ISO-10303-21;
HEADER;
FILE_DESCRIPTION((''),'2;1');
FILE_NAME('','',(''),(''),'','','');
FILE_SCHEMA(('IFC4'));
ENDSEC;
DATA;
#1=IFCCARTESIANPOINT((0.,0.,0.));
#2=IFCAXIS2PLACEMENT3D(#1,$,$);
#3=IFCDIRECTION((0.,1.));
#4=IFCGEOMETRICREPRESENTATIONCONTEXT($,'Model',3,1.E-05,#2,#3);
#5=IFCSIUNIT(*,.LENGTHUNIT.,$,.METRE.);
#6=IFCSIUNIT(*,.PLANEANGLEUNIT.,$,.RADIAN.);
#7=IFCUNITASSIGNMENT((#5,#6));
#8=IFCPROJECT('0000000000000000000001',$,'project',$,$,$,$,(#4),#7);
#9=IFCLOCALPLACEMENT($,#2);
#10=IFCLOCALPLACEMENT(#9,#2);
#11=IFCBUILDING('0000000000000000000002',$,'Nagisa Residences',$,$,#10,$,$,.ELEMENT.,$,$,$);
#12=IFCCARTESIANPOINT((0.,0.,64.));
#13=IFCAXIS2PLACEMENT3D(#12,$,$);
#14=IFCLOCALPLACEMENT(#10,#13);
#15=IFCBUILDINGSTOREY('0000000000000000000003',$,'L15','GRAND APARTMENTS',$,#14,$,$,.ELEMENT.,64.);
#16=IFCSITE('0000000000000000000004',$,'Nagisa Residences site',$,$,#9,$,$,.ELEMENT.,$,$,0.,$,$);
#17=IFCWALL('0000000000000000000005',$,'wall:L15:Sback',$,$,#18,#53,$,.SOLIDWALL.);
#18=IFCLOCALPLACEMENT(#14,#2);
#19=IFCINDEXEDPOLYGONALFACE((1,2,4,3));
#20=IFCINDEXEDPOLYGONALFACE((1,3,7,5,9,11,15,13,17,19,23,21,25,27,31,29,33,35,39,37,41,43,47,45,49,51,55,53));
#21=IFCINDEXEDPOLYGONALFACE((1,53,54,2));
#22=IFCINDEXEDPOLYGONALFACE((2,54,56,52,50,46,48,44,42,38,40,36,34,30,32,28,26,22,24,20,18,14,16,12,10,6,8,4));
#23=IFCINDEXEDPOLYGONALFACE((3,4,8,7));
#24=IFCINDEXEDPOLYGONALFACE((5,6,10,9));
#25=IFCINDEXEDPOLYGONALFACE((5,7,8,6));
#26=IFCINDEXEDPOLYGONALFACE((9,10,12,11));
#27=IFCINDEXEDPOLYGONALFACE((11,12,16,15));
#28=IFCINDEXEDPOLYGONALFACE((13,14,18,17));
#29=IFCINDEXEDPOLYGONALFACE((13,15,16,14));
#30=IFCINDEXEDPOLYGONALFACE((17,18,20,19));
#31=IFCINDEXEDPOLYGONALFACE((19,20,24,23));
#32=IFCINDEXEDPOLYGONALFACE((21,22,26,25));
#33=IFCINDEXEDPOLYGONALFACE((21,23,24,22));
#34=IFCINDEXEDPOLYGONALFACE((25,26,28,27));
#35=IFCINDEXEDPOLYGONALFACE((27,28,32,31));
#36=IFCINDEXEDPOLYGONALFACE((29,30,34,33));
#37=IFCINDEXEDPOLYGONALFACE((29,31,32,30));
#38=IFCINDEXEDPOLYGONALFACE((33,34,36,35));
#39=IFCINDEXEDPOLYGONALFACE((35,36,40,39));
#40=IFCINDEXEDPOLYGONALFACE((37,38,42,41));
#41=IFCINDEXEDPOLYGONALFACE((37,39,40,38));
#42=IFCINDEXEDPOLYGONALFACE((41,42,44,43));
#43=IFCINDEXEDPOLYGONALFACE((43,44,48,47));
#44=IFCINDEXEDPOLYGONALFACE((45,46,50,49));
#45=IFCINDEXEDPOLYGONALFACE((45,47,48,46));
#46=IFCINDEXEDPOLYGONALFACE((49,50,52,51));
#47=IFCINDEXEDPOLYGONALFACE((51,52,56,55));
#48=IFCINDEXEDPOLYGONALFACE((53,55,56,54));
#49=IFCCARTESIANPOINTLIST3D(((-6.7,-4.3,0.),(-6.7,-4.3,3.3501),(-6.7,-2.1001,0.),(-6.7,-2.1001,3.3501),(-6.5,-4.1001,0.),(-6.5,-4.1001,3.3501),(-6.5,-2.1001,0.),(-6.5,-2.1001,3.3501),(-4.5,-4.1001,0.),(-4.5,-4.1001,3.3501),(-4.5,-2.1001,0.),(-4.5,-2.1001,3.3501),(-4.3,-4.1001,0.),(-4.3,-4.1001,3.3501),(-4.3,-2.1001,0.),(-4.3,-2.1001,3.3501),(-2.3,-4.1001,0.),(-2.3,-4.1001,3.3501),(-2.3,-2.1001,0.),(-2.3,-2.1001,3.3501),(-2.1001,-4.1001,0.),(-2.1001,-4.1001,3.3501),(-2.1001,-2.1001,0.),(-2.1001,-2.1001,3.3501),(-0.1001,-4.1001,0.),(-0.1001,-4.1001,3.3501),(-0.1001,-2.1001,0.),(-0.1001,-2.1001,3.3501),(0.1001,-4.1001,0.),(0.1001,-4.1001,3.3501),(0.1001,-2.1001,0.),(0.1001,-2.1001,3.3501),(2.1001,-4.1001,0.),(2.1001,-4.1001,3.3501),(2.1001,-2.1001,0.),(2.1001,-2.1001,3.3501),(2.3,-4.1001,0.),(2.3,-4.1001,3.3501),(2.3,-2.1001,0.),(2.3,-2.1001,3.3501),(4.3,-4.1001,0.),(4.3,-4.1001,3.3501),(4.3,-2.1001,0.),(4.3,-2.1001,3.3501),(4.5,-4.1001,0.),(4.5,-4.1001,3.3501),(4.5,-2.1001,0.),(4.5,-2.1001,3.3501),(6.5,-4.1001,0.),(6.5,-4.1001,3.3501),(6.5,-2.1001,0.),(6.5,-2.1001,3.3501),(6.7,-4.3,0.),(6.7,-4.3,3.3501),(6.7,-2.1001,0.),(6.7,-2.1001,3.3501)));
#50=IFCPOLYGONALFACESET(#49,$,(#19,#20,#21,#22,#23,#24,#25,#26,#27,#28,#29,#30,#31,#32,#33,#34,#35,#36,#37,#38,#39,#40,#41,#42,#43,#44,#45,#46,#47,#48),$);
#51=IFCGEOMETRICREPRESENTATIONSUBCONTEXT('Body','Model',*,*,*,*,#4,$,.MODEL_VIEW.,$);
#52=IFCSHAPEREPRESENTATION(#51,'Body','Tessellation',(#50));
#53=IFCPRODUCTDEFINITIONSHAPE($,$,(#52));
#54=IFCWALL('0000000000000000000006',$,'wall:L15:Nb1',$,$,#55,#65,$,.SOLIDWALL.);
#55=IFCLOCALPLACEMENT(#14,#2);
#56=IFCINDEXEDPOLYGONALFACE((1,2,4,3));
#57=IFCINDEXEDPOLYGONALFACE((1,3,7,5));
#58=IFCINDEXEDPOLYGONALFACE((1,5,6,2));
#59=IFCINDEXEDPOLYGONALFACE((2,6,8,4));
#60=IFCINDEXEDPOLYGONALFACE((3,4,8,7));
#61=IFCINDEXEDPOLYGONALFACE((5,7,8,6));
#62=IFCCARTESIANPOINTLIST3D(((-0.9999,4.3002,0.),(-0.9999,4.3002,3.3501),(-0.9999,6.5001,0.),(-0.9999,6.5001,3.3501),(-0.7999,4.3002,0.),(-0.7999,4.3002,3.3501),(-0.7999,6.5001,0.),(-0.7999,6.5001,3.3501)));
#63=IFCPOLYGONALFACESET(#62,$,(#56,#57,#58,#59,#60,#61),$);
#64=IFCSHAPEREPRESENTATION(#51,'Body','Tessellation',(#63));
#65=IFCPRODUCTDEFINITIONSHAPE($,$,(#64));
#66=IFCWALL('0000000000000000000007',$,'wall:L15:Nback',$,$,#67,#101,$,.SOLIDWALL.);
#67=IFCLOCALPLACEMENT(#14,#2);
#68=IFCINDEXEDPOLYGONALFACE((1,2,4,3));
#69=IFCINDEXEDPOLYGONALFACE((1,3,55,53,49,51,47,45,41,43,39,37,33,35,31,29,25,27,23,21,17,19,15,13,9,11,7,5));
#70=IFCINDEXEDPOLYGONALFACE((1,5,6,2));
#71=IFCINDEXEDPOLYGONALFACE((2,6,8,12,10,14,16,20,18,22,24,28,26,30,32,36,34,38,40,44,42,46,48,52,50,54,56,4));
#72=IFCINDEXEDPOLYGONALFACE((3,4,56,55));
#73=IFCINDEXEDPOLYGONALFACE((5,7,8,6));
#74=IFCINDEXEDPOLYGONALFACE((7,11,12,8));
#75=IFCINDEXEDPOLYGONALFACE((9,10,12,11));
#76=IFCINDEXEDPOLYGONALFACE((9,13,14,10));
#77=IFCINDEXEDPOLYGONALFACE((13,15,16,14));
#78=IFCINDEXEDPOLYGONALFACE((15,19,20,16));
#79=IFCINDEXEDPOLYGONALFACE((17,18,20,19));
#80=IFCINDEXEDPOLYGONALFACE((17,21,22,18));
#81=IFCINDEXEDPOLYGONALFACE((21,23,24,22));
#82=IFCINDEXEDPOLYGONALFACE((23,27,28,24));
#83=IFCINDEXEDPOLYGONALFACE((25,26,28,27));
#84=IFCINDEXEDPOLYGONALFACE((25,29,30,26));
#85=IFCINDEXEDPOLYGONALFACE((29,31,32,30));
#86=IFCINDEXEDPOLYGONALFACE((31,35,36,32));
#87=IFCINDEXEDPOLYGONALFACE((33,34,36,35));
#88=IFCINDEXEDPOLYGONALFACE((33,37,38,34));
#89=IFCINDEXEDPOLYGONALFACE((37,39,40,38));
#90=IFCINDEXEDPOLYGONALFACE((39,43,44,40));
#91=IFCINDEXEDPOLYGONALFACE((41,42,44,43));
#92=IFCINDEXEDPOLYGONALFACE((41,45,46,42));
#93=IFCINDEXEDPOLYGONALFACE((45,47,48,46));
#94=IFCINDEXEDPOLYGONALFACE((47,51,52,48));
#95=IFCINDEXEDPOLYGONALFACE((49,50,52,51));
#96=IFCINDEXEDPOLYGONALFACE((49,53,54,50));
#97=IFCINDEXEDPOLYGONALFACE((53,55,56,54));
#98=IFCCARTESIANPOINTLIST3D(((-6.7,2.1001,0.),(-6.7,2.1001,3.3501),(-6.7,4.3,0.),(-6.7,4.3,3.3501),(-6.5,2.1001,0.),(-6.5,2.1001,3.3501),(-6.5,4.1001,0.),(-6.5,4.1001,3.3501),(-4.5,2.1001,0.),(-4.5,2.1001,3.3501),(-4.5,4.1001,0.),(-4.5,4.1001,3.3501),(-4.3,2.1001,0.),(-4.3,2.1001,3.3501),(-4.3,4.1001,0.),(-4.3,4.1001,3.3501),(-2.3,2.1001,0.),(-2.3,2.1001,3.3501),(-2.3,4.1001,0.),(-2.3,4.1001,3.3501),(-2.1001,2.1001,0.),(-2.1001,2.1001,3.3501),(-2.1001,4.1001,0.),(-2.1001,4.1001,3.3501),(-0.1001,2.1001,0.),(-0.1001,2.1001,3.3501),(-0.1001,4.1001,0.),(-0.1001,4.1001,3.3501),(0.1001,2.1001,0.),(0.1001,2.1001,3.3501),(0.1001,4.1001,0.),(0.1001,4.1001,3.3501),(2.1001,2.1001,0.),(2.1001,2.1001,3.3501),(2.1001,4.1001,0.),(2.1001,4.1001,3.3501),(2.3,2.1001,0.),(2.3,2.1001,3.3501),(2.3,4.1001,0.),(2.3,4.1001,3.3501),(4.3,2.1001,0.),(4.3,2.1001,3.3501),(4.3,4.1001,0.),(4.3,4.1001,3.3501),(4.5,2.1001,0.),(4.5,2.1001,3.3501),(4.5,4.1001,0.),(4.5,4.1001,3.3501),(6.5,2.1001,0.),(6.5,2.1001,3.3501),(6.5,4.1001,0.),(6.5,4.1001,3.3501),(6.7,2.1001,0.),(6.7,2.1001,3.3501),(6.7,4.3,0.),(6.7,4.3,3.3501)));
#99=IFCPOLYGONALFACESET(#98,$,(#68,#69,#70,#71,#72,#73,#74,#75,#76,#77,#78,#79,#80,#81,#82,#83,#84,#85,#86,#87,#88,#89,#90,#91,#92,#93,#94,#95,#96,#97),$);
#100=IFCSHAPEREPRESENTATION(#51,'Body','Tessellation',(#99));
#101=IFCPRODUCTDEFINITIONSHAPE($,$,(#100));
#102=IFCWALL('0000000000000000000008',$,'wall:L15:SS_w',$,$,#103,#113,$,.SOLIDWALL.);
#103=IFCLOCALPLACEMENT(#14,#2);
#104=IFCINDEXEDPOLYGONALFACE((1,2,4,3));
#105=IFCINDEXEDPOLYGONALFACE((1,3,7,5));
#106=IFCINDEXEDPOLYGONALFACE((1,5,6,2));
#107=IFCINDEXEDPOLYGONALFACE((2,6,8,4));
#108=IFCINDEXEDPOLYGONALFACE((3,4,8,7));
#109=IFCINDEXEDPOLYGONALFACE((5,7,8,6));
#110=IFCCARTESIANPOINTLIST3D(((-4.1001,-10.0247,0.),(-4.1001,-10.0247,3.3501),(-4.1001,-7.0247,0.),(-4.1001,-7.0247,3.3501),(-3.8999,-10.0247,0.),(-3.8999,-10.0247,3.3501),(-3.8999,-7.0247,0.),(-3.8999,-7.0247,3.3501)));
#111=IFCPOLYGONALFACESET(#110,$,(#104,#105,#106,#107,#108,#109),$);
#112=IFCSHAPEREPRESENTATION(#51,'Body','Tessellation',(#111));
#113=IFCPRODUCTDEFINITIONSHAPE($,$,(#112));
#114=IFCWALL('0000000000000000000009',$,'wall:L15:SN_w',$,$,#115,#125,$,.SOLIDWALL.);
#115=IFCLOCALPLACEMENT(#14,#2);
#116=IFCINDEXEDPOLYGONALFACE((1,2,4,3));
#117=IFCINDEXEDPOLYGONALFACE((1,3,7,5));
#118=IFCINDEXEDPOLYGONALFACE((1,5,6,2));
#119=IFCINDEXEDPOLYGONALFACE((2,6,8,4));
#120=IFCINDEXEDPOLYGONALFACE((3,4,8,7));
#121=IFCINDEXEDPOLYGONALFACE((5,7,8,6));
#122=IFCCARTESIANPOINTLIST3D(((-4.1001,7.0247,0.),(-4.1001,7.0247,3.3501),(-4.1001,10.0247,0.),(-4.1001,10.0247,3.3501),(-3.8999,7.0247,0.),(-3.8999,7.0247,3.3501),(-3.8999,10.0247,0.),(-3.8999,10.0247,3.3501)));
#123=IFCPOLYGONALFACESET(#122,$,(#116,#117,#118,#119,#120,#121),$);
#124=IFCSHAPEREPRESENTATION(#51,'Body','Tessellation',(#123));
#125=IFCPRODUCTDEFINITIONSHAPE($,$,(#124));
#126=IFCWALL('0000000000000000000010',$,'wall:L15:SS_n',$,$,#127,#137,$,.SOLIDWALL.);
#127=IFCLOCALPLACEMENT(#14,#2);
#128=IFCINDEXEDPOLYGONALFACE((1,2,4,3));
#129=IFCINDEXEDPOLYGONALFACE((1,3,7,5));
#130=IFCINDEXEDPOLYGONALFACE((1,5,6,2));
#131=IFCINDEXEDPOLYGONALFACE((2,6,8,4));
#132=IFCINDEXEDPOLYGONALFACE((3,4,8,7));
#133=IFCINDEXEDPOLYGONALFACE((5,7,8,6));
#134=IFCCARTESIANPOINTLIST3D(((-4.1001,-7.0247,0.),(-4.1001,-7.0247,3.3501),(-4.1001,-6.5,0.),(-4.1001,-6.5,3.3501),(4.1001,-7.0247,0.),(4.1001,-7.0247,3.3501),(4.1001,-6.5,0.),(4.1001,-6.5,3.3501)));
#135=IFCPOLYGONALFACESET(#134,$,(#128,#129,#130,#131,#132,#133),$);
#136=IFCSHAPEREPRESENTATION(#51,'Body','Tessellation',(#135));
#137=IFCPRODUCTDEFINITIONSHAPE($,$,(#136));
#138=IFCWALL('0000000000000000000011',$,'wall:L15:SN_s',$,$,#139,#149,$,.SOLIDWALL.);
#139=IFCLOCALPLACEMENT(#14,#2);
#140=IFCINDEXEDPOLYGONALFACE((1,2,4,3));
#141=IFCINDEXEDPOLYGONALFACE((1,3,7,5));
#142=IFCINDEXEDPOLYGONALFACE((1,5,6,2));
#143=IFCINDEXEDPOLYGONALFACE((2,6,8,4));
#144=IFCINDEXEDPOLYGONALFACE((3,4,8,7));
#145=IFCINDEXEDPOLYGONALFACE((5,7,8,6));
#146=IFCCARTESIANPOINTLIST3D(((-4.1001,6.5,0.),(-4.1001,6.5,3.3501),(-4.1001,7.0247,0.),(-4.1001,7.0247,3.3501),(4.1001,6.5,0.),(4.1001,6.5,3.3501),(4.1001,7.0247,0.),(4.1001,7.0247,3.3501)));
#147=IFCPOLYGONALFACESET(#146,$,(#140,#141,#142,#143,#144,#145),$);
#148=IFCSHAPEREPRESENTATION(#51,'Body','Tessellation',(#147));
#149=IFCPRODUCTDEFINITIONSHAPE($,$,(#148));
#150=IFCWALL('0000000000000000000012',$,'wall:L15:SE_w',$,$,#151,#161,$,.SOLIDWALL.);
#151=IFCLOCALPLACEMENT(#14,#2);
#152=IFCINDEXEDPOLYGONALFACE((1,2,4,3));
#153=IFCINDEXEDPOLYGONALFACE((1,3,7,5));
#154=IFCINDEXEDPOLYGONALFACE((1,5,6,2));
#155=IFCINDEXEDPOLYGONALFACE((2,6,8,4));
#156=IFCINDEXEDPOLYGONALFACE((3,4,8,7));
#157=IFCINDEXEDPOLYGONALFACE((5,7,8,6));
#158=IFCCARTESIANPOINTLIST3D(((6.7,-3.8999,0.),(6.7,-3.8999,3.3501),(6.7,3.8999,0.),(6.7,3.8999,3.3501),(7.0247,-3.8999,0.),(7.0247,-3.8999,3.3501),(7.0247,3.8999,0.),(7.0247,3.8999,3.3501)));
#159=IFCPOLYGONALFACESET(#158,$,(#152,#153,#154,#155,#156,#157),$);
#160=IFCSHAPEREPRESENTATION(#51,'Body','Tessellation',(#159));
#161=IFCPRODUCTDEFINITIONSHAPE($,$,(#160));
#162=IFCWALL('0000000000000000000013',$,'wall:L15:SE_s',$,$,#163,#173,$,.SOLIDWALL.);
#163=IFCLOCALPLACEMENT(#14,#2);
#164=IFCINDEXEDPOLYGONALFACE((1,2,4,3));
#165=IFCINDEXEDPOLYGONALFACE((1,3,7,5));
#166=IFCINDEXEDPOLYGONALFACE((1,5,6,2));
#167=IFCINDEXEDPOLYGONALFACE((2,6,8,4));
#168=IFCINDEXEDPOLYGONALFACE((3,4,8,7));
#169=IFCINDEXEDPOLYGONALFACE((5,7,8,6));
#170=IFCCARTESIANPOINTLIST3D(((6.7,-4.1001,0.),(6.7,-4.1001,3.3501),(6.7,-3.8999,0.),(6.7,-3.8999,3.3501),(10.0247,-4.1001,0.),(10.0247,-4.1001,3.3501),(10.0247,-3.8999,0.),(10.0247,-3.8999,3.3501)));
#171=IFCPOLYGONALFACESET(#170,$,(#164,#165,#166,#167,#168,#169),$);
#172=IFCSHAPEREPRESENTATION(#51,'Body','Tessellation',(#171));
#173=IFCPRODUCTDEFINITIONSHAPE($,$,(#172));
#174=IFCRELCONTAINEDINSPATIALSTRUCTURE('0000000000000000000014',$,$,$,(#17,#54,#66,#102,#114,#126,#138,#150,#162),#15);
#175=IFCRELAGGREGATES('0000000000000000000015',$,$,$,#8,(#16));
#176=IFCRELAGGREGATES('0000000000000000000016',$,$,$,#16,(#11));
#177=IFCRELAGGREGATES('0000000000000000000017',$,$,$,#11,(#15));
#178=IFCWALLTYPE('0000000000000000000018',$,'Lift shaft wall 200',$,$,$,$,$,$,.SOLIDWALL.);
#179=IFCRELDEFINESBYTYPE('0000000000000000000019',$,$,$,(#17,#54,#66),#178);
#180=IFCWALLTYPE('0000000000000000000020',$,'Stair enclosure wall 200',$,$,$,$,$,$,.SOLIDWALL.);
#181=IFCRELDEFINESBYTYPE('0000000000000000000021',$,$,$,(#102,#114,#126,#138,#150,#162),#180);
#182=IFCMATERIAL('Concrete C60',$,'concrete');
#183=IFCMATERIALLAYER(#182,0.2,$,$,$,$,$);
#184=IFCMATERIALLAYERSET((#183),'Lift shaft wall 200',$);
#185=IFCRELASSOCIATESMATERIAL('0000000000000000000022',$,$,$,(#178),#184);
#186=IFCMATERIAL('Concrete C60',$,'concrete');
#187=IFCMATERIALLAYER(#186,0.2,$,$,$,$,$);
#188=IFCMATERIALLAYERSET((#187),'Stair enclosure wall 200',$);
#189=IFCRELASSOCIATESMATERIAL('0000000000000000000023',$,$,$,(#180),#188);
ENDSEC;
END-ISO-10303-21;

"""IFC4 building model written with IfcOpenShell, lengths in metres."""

from ifc_helpers import new_model, si_unit, direction, frame, frame_2d, origin, place, context, subcontext, project, spatial, polyline, rectangle, outline, extrude, material, layer, layer_set, type_object, element, save


model = new_model("IFC4")

# Units and contexts
model_context = context("Model", 3, precision=1e-05, world=origin(), true_north=direction((0.0, 1.0)))
body_context = subcontext(model_context, "Body", "Model", "MODEL_VIEW")
ifc_project = project(units=[si_unit("LENGTHUNIT", "METRE"), si_unit("PLANEANGLEUNIT", "RADIAN")], contexts=[model_context])

# Site, building, storey
site_placement = place(None, origin())
site = spatial("IfcSite", under=ifc_project, at=site_placement, Name="Nagisa Residences site", CompositionType="ELEMENT", RefElevation=0.0)
building_placement = place(site_placement, origin())
building = spatial("IfcBuilding", under=site, at=building_placement, Name="Nagisa Residences", CompositionType="ELEMENT")
storey_placement = place(building_placement, frame((0.0, 0.0, 64.0)))
storey = spatial("IfcBuildingStorey", under=building, at=storey_placement, Name="L15", Description="GRAND APARTMENTS", CompositionType="ELEMENT", Elevation=64.0)

# Shared definitions
ifc_material_1 = material(Name="Concrete C60", Category="concrete")
ifc_layer_1 = layer(ifc_material_1, 0.2)
ifc_layer_set_1 = layer_set([ifc_layer_1], Name="Lift shaft wall 200")
wall_type_1 = type_object("IfcWallType", Name="Lift shaft wall 200", PredefinedType="SOLIDWALL", material=ifc_layer_set_1)

# Walls
wall_1_placement = place(storey_placement, origin())
element("IfcWall", 1, at=wall_1_placement, inside=storey, type_object=wall_type_1, Name="wall:L15:Sback", PredefinedType="SOLIDWALL", context=body_context, shape_type="SweptSolid", body=[
    extrude(outline(polyline([(-6.7, -2.1001), (-6.5, -2.1001), (-6.5, -4.1001), (-4.5, -4.1001), (-4.5, -2.1001), (-4.3, -2.1001), (-4.3, -4.1001), (-2.3, -4.1001), (-2.3, -2.1001), (-2.1001, -2.1001), (-2.1001, -4.1001), (-0.1001, -4.1001), (-0.1001, -2.1001), (0.1001, -2.1001), (0.1001, -4.1001), (2.1001, -4.1001), (2.1001, -2.1001), (2.3, -2.1001), (2.3, -4.1001), (4.3, -4.1001), (4.3, -2.1001), (4.5, -2.1001), (4.5, -4.1001), (6.5, -4.1001), (6.5, -2.1001), (6.7, -2.1001), (6.7, -4.3), (-6.7, -4.3), (-6.7, -2.1001)])), origin(), (0.0, 0.0, 1.0), 3.3501),
])
wall_2_placement = place(storey_placement, frame((-0.8999, 4.3, 0.0), z_axis=(0.0, 0.0, 1.0), x_axis=(0.0, 1.0, 0.0)))
element("IfcWall", 2, at=wall_2_placement, inside=storey, type_object=wall_type_1, Name="wall:L15:Nb1", PredefinedType="SOLIDWALL", context=body_context, shape_type="SweptSolid", body=[
    extrude(rectangle(XDim=2.2, YDim=0.2, at=frame_2d((1.1001, 0.0))), origin(), (0.0, 0.0, 1.0), 3.3501),
])
wall_3_placement = place(storey_placement, origin())
element("IfcWall", 3, at=wall_3_placement, inside=storey, type_object=wall_type_1, Name="wall:L15:Nback", PredefinedType="SOLIDWALL", context=body_context, shape_type="SweptSolid", body=[
    extrude(outline(polyline([(-6.5, 2.1001), (-6.7, 2.1001), (-6.7, 4.3), (6.7, 4.3), (6.7, 2.1001), (6.5, 2.1001), (6.5, 4.1001), (4.5, 4.1001), (4.5, 2.1001), (4.3, 2.1001), (4.3, 4.1001), (2.3, 4.1001), (2.3, 2.1001), (2.1001, 2.1001), (2.1001, 4.1001), (0.1001, 4.1001), (0.1001, 2.1001), (-0.1001, 2.1001), (-0.1001, 4.1001), (-2.1001, 4.1001), (-2.1001, 2.1001), (-2.3, 2.1001), (-2.3, 4.1001), (-4.3, 4.1001), (-4.3, 2.1001), (-4.5, 2.1001), (-4.5, 4.1001), (-6.5, 4.1001), (-6.5, 2.1001)])), origin(), (0.0, 0.0, 1.0), 3.3501),
])
ifc_material_2 = material(Name="Concrete C60", Category="concrete")
ifc_layer_2 = layer(ifc_material_2, 0.2)
ifc_layer_set_2 = layer_set([ifc_layer_2], Name="Stair enclosure wall 200")
wall_type_2 = type_object("IfcWallType", Name="Stair enclosure wall 200", PredefinedType="SOLIDWALL", material=ifc_layer_set_2)
wall_4_placement = place(storey_placement, origin())
element("IfcWall", 4, at=wall_4_placement, inside=storey, type_object=wall_type_2, Name="wall:L15:SS_w", PredefinedType="SOLIDWALL", context=body_context, shape_type="SweptSolid", body=[
    extrude(outline(polyline([(-3.8999, -10.0247), (-4.1001, -10.0247), (-4.1001, -7.0247), (-3.8999, -7.0247), (-3.8999, -10.0247)])), origin(), (0.0, 0.0, 1.0), 3.3501),
])
wall_5_placement = place(storey_placement, origin())
element("IfcWall", 5, at=wall_5_placement, inside=storey, type_object=wall_type_2, Name="wall:L15:SN_w", PredefinedType="SOLIDWALL", context=body_context, shape_type="SweptSolid", body=[
    extrude(outline(polyline([(-3.8999, 7.0247), (-4.1001, 7.0247), (-4.1001, 10.0247), (-3.8999, 10.0247), (-3.8999, 7.0247)])), origin(), (0.0, 0.0, 1.0), 3.3501),
])
wall_6_placement = place(storey_placement, origin())
element("IfcWall", 6, at=wall_6_placement, inside=storey, type_object=wall_type_2, Name="wall:L15:SS_n", PredefinedType="SOLIDWALL", context=body_context, shape_type="SweptSolid", body=[
    extrude(outline(polyline([(4.1001, -7.0247), (-4.1001, -7.0247), (-4.1001, -6.5), (4.1001, -6.5), (4.1001, -7.0247)])), origin(), (0.0, 0.0, 1.0), 3.3501),
])
wall_7_placement = place(storey_placement, origin())
element("IfcWall", 7, at=wall_7_placement, inside=storey, type_object=wall_type_2, Name="wall:L15:SN_s", PredefinedType="SOLIDWALL", context=body_context, shape_type="SweptSolid", body=[
    extrude(outline(polyline([(4.1001, 6.5), (-4.1001, 6.5), (-4.1001, 7.0247), (4.1001, 7.0247), (4.1001, 6.5)])), origin(), (0.0, 0.0, 1.0), 3.3501),
])
wall_8_placement = place(storey_placement, origin())
element("IfcWall", 8, at=wall_8_placement, inside=storey, type_object=wall_type_2, Name="wall:L15:SE_w", PredefinedType="SOLIDWALL", context=body_context, shape_type="SweptSolid", body=[
    extrude(outline(polyline([(7.0247, -3.8999), (6.7, -3.8999), (6.7, 3.8999), (7.0247, 3.8999), (7.0247, -3.8999)])), origin(), (0.0, 0.0, 1.0), 3.3501),
])
wall_9_placement = place(storey_placement, origin())
element("IfcWall", 9, at=wall_9_placement, inside=storey, type_object=wall_type_2, Name="wall:L15:SE_s", PredefinedType="SOLIDWALL", context=body_context, shape_type="SweptSolid", body=[
    extrude(outline(polyline([(10.0247, -4.1001), (6.7, -4.1001), (6.7, -3.8999), (10.0247, -3.8999), (10.0247, -4.1001)])), origin(), (0.0, 0.0, 1.0), 3.3501),
])

save(model, "model.ifc")
